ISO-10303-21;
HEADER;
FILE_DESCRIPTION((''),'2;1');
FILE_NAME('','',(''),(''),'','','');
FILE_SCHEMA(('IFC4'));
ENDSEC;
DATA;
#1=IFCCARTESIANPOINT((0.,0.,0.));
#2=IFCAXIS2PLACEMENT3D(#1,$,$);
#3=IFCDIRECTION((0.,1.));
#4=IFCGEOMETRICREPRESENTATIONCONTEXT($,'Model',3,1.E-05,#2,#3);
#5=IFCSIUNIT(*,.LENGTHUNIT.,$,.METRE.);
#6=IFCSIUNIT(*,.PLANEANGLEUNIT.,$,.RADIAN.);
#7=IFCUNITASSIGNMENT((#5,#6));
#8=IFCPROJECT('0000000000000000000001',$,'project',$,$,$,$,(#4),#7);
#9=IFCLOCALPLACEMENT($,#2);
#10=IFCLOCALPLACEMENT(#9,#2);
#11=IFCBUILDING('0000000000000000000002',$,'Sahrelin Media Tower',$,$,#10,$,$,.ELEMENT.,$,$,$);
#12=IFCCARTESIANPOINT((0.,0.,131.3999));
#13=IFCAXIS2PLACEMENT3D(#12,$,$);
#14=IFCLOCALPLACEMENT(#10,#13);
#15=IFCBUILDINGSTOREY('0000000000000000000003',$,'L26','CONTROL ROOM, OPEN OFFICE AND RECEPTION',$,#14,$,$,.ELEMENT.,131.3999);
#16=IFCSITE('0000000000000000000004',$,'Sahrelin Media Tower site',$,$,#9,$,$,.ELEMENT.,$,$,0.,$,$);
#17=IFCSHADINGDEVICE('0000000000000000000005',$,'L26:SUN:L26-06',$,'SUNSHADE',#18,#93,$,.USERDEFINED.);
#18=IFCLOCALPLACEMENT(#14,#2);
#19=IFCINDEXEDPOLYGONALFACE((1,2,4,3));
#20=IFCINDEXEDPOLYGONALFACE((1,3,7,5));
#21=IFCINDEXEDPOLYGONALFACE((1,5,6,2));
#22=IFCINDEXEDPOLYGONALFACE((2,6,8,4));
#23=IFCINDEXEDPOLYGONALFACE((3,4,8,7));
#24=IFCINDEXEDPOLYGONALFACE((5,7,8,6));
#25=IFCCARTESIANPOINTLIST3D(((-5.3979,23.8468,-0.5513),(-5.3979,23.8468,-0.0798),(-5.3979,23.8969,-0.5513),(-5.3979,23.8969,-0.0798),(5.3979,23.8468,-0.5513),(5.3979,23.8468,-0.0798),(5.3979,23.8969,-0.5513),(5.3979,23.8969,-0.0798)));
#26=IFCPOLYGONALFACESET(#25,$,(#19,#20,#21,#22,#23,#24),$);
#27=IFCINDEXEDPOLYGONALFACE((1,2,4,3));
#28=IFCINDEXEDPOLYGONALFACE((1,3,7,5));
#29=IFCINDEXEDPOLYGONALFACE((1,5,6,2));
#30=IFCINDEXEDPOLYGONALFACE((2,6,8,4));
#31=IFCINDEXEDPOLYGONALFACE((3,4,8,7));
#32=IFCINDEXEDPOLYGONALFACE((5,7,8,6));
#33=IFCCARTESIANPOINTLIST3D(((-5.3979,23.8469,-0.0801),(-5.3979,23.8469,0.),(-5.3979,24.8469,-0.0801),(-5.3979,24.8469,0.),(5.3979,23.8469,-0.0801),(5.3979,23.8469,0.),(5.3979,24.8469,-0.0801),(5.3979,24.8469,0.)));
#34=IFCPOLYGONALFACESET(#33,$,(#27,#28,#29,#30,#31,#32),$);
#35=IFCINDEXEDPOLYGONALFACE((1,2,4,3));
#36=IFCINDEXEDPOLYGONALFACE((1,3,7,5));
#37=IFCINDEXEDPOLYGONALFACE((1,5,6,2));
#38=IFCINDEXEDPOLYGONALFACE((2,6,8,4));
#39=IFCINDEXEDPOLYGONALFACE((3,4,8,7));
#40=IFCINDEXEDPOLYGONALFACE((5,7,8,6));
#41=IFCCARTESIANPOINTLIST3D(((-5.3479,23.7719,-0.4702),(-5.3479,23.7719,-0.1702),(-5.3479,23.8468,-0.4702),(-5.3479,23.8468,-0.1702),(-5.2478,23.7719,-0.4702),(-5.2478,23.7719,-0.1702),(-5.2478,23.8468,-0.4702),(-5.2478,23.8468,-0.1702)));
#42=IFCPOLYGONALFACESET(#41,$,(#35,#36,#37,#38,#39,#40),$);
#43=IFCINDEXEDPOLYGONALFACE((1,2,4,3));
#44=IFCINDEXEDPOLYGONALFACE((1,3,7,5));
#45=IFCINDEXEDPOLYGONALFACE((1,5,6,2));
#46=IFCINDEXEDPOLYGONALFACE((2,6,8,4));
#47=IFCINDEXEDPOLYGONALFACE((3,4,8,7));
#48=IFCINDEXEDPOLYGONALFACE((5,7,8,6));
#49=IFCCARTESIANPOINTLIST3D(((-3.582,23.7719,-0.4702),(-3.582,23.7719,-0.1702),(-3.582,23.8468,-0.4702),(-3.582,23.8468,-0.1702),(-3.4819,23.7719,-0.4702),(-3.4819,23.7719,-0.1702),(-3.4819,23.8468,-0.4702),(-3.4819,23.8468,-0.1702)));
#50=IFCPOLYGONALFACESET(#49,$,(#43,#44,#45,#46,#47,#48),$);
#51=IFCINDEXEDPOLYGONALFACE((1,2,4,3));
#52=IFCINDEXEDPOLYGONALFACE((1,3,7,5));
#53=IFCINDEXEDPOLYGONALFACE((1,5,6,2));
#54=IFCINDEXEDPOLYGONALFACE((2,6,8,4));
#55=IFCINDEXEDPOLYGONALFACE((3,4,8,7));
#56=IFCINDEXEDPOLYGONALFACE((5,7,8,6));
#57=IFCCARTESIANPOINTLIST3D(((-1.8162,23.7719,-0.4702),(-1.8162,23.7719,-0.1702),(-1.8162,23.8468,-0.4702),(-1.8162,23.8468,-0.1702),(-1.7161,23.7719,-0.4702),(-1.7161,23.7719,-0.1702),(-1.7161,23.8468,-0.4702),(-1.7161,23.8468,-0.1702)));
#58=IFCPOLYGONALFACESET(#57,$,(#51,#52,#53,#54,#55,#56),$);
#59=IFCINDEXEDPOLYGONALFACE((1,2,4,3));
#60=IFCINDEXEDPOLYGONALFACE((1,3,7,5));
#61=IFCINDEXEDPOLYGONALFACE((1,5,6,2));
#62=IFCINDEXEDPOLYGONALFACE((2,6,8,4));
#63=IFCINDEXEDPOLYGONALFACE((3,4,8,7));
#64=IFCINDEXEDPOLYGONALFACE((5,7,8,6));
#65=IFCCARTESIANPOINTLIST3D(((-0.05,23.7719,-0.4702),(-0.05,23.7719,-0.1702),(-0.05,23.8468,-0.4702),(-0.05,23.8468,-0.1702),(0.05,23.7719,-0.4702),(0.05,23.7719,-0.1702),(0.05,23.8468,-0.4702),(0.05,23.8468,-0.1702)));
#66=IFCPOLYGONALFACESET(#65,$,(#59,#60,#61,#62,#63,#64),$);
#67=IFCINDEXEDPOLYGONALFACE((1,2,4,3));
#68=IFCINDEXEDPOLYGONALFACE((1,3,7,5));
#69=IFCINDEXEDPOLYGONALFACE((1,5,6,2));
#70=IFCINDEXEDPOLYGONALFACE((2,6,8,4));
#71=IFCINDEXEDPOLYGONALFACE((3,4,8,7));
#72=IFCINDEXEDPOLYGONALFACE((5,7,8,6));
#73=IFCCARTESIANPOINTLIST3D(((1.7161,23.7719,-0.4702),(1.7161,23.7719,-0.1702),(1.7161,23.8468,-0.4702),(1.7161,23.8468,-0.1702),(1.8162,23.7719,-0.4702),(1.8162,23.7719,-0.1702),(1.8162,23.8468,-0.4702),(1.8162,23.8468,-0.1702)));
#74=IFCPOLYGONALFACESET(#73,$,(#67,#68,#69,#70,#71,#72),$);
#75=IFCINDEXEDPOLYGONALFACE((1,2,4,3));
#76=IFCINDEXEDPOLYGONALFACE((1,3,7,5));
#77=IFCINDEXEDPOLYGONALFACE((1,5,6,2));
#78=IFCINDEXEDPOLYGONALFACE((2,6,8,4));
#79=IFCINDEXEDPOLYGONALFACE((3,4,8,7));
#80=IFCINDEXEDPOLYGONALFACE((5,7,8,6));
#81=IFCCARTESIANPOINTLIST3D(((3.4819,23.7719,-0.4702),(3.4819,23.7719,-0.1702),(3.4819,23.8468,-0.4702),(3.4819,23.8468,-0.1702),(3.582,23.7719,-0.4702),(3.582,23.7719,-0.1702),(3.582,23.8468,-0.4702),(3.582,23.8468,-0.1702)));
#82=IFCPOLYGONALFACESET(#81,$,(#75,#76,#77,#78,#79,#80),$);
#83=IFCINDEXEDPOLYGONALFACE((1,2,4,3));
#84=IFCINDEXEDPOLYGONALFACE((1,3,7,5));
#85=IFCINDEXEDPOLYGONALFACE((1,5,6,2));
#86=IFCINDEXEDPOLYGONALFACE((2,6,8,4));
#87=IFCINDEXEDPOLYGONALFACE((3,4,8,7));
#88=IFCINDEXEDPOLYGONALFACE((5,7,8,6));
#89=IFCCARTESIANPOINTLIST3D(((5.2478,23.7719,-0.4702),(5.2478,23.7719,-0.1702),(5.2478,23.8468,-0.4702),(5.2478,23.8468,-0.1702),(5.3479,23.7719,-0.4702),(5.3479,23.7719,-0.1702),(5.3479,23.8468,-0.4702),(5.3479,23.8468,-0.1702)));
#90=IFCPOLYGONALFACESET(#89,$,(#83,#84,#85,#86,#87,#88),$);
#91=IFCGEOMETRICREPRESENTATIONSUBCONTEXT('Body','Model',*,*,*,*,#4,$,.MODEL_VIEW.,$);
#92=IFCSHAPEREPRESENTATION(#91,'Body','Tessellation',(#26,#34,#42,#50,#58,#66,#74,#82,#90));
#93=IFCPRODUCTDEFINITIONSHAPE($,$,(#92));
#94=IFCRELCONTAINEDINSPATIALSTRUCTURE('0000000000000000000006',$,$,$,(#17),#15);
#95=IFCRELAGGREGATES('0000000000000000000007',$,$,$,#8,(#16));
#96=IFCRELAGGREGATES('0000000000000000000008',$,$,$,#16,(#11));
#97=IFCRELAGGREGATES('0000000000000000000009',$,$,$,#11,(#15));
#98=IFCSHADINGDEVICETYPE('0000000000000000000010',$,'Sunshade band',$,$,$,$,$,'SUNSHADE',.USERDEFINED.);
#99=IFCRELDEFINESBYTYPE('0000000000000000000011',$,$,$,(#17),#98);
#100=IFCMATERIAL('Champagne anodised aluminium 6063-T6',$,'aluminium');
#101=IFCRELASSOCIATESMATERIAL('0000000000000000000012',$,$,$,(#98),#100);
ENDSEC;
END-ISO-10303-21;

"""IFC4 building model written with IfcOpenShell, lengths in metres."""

from ifc_helpers import new_model, si_unit, direction, frame, origin, origin_2d, place, context, subcontext, project, spatial, rectangle, extrude, material, type_object, element, save


model = new_model("IFC4")

# Units and contexts
model_context = context("Model", 3, precision=1e-05, world=origin(), true_north=direction((0.0, 1.0)))
body_context = subcontext(model_context, "Body", "Model", "MODEL_VIEW")
ifc_project = project(units=[si_unit("LENGTHUNIT", "METRE"), si_unit("PLANEANGLEUNIT", "RADIAN")], contexts=[model_context])

# Site, building, storey
site_placement = place(None, origin())
site = spatial("IfcSite", under=ifc_project, at=site_placement, Name="Sahrelin Media Tower site", CompositionType="ELEMENT", RefElevation=0.0)
building_placement = place(site_placement, origin())
building = spatial("IfcBuilding", under=site, at=building_placement, Name="Sahrelin Media Tower", CompositionType="ELEMENT")
storey_placement = place(building_placement, frame((0.0, 0.0, 131.3999)))
storey = spatial("IfcBuildingStorey", under=building, at=storey_placement, Name="L26", Description="CONTROL ROOM, OPEN OFFICE AND RECEPTION", CompositionType="ELEMENT", Elevation=131.3999)

# Shared definitions
ifc_material_1 = material(Name="Champagne anodised aluminium 6063-T6", Category="aluminium")

# Shared definitions
placement_1 = place(storey_placement, frame((0.0, 23.8269, 0.0), z_axis=(0.0, 0.0, 1.0), x_axis=(1.0, 0.0, 0.0)))

# Shading device
shading_device_type_1 = type_object("IfcShadingDeviceType", Name="Sunshade band", ElementType="SUNSHADE", PredefinedType="USERDEFINED", material=ifc_material_1)
element("IfcShadingDevice", 1, at=placement_1, inside=storey, type_object=shading_device_type_1, Name="L26:SUN:L26-06", ObjectType="SUNSHADE", PredefinedType="USERDEFINED", context=body_context, shape_type="SweptSolid", body=[
    extrude(rectangle(XDim=10.7959, YDim=0.05, at=origin_2d()), frame((0.0, 0.0449, -0.5513)), (0.0, 0.0, 1.0), 0.4714),
    extrude(rectangle(XDim=10.7959, YDim=1.0, at=origin_2d()), frame((0.0, 0.52, -0.0801)), (0.0, 0.0, 1.0), 0.0801),
    extrude(rectangle(XDim=0.1001, YDim=0.075, at=origin_2d()), frame((-5.2979, -0.0176, -0.4702)), (0.0, 0.0, 1.0), 0.3),
    extrude(rectangle(XDim=0.1001, YDim=0.075, at=origin_2d()), frame((-3.532, -0.0176, -0.4702)), (0.0, 0.0, 1.0), 0.3),
    extrude(rectangle(XDim=0.1001, YDim=0.075, at=origin_2d()), frame((-1.7661, -0.0176, -0.4702)), (0.0, 0.0, 1.0), 0.3),
    extrude(rectangle(XDim=0.1001, YDim=0.075, at=origin_2d()), frame((0.0, -0.0176, -0.4702)), (0.0, 0.0, 1.0), 0.3),
    extrude(rectangle(XDim=0.1001, YDim=0.075, at=origin_2d()), frame((1.7661, -0.0176, -0.4702)), (0.0, 0.0, 1.0), 0.3),
    extrude(rectangle(XDim=0.1001, YDim=0.075, at=origin_2d()), frame((3.532, -0.0176, -0.4702)), (0.0, 0.0, 1.0), 0.3),
    extrude(rectangle(XDim=0.1001, YDim=0.075, at=origin_2d()), frame((5.2979, -0.0176, -0.4702)), (0.0, 0.0, 1.0), 0.3),
])

save(model, "model.ifc")
